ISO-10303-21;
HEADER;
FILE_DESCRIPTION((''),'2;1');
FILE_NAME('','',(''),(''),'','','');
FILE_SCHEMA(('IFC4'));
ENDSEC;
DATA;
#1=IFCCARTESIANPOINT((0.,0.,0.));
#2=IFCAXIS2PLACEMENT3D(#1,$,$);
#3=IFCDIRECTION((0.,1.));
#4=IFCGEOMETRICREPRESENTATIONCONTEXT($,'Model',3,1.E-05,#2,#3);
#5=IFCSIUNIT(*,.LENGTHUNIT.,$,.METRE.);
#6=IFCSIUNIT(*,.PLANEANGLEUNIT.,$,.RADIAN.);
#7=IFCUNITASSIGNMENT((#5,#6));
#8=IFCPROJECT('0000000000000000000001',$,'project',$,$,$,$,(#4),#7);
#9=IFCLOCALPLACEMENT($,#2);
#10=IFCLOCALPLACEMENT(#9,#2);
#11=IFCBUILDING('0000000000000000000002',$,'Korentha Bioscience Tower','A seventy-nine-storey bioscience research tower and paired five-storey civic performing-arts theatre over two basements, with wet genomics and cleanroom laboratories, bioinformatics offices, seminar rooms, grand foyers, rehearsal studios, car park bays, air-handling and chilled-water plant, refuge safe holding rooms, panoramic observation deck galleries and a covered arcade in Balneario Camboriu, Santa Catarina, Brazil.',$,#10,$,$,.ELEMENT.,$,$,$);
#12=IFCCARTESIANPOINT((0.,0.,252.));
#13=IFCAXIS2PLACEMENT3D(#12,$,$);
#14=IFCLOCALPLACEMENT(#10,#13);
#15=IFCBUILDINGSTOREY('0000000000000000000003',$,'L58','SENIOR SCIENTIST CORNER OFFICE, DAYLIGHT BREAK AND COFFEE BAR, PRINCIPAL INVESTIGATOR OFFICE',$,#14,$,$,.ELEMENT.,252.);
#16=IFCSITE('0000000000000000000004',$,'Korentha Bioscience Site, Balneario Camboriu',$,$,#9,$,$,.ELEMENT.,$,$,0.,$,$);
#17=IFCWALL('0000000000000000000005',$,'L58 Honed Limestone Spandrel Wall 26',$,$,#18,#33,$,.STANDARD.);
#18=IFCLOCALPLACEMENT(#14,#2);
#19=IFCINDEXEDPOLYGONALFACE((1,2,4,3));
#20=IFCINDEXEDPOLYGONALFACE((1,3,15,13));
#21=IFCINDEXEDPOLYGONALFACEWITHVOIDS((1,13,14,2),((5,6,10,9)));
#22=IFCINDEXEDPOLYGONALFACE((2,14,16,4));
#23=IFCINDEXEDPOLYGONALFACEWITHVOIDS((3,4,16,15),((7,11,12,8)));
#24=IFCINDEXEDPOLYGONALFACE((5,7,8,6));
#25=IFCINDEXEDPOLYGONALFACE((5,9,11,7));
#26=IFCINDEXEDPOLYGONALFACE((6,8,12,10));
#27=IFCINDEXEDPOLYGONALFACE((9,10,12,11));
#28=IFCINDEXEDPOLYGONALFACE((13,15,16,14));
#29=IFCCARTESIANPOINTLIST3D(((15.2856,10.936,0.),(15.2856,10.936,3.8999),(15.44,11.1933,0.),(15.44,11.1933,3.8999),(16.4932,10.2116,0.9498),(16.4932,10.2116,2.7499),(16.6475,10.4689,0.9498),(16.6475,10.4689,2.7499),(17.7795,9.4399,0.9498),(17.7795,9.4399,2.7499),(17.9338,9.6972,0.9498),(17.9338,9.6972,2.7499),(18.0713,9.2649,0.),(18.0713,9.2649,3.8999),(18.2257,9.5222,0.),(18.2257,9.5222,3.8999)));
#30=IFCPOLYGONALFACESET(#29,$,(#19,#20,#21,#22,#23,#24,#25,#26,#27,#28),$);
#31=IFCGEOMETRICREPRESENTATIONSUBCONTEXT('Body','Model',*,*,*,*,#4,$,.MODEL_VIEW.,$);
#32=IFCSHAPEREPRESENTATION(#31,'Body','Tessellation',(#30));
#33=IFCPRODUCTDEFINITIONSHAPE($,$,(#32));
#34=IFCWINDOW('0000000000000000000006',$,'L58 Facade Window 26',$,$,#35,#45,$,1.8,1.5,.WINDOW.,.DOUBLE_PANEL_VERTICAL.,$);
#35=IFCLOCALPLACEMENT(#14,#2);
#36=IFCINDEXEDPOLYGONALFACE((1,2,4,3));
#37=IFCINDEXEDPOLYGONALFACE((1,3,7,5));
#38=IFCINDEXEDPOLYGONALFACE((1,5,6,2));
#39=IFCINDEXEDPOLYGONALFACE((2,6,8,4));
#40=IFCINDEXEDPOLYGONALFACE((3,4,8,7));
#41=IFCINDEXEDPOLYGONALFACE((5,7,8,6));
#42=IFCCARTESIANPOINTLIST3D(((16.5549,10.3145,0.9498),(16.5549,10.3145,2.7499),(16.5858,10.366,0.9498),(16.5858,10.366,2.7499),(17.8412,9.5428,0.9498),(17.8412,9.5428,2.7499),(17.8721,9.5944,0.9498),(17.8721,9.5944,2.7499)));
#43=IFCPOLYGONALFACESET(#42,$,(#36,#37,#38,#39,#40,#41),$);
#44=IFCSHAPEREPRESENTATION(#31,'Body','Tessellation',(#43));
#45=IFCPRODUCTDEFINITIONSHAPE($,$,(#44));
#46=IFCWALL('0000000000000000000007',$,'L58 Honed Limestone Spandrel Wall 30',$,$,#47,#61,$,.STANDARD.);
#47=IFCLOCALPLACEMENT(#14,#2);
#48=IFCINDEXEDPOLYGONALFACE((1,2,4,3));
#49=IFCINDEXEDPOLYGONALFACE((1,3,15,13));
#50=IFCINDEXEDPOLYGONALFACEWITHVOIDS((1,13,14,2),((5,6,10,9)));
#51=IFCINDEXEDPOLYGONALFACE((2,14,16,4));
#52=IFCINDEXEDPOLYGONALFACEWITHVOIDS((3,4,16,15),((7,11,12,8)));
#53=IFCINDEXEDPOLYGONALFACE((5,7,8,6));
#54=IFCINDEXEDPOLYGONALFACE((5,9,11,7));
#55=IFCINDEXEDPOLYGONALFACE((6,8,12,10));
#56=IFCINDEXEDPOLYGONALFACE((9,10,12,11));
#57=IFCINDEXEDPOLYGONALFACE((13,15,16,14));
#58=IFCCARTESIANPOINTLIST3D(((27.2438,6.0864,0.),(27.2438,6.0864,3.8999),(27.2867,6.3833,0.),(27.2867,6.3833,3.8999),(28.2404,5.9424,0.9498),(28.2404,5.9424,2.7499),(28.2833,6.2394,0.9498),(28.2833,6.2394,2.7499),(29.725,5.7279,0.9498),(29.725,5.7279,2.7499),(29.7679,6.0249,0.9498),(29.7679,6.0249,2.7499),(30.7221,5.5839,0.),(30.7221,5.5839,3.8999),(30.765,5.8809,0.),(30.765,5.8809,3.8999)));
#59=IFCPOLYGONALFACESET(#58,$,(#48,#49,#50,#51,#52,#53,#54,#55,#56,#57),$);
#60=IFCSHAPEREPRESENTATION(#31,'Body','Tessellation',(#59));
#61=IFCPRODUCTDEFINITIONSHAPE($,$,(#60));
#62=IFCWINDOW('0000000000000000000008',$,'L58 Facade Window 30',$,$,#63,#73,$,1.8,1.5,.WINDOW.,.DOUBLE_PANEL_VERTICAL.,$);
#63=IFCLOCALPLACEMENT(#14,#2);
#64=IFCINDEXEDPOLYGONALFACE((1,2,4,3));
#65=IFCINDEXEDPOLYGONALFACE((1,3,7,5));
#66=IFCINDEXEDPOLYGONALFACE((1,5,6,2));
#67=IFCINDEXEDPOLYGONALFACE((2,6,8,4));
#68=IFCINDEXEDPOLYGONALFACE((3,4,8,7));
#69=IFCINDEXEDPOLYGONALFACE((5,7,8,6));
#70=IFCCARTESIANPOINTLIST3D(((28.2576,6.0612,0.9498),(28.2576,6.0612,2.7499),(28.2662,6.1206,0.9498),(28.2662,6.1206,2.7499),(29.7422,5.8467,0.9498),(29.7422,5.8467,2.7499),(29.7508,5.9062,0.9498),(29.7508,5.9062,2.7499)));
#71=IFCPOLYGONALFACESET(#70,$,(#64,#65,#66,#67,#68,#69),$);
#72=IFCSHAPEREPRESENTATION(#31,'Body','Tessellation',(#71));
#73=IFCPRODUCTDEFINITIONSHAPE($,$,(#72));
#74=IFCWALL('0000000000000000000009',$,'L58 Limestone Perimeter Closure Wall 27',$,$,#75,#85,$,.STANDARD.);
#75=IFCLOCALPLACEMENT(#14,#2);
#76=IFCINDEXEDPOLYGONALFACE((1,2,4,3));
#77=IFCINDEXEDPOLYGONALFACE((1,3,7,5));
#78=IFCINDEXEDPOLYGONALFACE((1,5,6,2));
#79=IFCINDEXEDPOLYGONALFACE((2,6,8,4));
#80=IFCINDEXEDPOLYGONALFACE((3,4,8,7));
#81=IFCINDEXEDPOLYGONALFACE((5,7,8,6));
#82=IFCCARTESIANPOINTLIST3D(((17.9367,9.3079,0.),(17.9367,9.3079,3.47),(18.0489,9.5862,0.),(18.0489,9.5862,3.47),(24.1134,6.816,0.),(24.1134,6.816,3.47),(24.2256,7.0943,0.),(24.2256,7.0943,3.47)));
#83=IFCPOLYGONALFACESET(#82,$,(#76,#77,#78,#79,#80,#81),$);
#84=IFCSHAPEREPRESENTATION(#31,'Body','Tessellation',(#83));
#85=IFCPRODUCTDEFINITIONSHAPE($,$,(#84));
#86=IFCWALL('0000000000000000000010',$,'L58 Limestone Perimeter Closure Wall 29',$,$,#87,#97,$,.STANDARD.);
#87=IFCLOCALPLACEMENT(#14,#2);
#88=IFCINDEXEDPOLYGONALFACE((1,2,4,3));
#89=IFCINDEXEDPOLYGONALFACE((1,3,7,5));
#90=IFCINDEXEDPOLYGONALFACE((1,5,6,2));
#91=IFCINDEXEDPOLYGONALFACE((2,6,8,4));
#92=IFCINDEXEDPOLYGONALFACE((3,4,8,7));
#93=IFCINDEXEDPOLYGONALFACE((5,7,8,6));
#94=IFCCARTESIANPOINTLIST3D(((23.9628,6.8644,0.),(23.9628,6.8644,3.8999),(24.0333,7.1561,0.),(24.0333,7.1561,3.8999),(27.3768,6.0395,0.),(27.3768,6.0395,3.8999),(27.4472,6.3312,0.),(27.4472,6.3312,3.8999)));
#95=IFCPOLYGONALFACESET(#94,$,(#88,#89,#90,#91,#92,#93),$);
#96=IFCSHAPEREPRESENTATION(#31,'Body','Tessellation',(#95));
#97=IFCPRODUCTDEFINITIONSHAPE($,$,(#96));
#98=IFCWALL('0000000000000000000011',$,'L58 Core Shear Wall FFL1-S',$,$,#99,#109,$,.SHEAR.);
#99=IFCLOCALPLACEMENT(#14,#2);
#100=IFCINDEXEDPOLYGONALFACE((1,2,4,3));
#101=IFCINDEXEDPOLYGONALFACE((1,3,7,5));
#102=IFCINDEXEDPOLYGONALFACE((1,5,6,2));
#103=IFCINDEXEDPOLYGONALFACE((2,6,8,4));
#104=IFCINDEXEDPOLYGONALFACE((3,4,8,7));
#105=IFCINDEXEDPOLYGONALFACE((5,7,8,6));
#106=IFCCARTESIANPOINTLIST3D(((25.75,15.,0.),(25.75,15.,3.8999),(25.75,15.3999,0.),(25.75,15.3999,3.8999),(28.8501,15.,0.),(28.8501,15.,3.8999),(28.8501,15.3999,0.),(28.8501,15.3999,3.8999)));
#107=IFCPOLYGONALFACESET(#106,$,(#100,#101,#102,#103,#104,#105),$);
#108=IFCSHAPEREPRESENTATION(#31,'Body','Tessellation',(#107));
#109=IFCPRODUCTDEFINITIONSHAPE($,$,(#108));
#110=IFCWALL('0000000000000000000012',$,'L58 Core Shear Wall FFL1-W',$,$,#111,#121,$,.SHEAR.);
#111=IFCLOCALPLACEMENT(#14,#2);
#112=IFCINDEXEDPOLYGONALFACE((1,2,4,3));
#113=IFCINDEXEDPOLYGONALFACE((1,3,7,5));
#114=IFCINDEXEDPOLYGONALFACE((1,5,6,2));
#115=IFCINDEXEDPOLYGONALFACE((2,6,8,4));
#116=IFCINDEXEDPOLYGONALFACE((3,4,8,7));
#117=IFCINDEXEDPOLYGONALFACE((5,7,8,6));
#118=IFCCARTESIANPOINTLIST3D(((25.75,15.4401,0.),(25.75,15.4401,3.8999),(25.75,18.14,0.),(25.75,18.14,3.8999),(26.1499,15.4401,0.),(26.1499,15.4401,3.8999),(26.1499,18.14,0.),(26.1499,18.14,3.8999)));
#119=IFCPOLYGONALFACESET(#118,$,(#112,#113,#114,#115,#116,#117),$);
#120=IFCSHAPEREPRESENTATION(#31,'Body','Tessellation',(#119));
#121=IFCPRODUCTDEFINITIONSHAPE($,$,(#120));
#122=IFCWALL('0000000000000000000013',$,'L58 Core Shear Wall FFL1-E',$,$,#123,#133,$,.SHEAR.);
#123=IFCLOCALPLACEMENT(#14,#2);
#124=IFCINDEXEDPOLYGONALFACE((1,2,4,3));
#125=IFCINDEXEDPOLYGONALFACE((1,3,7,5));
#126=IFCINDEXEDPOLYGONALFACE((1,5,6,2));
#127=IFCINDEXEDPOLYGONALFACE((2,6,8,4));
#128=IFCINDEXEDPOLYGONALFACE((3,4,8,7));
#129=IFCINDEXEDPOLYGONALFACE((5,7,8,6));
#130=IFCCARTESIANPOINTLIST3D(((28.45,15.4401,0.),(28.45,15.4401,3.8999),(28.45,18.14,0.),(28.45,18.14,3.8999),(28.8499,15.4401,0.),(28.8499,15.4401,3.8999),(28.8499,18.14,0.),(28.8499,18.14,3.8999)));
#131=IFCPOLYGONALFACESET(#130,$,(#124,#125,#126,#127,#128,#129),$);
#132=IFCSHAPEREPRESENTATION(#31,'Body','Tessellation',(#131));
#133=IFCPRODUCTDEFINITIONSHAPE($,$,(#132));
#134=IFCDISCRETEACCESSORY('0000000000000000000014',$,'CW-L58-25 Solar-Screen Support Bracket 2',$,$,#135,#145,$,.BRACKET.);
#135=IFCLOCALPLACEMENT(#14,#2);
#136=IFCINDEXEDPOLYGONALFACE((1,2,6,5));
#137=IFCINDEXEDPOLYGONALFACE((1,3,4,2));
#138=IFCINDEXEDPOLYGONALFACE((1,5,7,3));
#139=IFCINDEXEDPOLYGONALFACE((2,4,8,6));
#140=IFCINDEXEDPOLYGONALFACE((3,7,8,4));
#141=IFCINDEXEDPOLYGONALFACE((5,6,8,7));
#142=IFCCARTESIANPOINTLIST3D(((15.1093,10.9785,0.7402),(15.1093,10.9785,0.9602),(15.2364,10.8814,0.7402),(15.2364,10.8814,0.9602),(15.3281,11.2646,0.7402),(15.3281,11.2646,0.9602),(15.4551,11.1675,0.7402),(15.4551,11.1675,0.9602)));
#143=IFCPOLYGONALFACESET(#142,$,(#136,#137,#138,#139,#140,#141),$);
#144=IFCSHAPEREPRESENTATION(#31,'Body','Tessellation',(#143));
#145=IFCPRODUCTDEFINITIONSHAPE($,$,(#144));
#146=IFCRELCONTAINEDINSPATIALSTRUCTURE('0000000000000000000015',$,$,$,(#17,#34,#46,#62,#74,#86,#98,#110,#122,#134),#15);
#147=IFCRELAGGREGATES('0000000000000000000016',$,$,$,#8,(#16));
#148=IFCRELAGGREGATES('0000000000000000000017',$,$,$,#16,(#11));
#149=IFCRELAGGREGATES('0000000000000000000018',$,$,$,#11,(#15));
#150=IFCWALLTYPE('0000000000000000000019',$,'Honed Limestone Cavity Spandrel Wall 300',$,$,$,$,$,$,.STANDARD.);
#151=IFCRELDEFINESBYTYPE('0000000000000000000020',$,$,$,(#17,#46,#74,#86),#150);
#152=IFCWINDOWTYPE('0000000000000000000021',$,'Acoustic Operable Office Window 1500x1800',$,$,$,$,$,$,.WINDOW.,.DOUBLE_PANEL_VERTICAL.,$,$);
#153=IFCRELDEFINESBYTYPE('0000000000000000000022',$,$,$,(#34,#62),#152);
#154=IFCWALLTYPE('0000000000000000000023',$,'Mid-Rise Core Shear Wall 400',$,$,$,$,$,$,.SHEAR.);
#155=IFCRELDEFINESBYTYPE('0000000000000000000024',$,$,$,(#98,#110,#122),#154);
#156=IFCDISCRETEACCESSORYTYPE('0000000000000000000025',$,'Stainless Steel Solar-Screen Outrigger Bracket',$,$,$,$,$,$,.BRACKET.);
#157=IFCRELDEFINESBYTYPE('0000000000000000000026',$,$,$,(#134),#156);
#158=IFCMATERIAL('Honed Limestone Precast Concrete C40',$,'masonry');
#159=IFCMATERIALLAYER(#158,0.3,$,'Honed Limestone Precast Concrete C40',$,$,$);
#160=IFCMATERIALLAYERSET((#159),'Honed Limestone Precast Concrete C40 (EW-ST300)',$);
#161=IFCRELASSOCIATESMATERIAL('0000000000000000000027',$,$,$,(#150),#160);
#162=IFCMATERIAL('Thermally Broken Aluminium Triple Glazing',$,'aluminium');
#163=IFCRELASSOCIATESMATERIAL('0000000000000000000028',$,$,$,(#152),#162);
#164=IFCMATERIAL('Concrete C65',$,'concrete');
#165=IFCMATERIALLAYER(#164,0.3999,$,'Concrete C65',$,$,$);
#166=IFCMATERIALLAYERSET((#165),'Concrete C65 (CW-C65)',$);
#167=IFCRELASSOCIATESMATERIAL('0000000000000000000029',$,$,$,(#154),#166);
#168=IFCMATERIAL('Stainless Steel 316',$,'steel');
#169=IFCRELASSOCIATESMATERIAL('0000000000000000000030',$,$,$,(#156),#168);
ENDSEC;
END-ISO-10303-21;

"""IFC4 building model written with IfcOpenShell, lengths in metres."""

from ifc_helpers import new_model, si_unit, direction, frame, frame_2d, origin, origin_2d, place, context, subcontext, project, spatial, rectangle, extrude, material, layer, layer_set, type_object, element, fill, save


model = new_model("IFC4")

# Units and contexts
model_context = context("Model", 3, precision=1e-05, world=origin(), true_north=direction((0.0, 1.0)))
body_context = subcontext(model_context, "Body", "Model", "MODEL_VIEW")
ifc_project = project(units=[si_unit("LENGTHUNIT", "METRE"), si_unit("PLANEANGLEUNIT", "RADIAN")], contexts=[model_context])

# Site, building, storey
site_placement = place(None, origin())
site = spatial("IfcSite", under=ifc_project, at=site_placement, Name="Korentha Bioscience Site, Balneario Camboriu", CompositionType="ELEMENT", RefElevation=0.0)
building_placement = place(site_placement, origin())
building = spatial("IfcBuilding", under=site, at=building_placement, Name="Korentha Bioscience Tower", Description="A seventy-nine-storey bioscience research tower and paired five-storey civic performing-arts theatre over two basements, with wet genomics and cleanroom laboratories, bioinformatics offices, seminar rooms, grand foyers, rehearsal studios, car park bays, air-handling and chilled-water plant, refuge safe holding rooms, panoramic observation deck galleries and a covered arcade in Balneario Camboriu, Santa Catarina, Brazil.", CompositionType="ELEMENT")
storey_placement = place(building_placement, frame((0.0, 0.0, 252.0)))
storey = spatial("IfcBuildingStorey", under=building, at=storey_placement, Name="L58", Description="SENIOR SCIENTIST CORNER OFFICE, DAYLIGHT BREAK AND COFFEE BAR, PRINCIPAL INVESTIGATOR OFFICE", CompositionType="ELEMENT", Elevation=252.0)

# Shared definitions
ifc_material_1 = material(Name="Concrete C65", Category="concrete")

# Walls, openings, windows
ifc_material_2 = material(Name="Honed Limestone Precast Concrete C40", Category="masonry")
ifc_layer_1 = layer(ifc_material_2, 0.3, Name="Honed Limestone Precast Concrete C40")
ifc_layer_set_1 = layer_set([ifc_layer_1], Name="Honed Limestone Precast Concrete C40 (EW-ST300)")
wall_type_1 = type_object("IfcWallType", Name="Honed Limestone Cavity Spandrel Wall 300", PredefinedType="STANDARD", material=ifc_layer_set_1)
wall_1_placement = place(storey_placement, frame((15.3628, 11.0647, 0.0), z_axis=(0.0, 0.0, 1.0), x_axis=(0.857526, -0.51444, 0.0)))
wall_1 = element("IfcWall", 1, at=wall_1_placement, inside=storey, type_object=wall_type_1, Name="L58 Honed Limestone Spandrel Wall 26", PredefinedType="STANDARD", context=body_context, shape_type="SweptSolid", body=[
    extrude(rectangle(XDim=3.2485, YDim=0.3, at=frame_2d((1.6243, 0.0))), origin(), (0.0, 0.0, 1.0), 3.8999),
])
opening_1_placement = place(wall_1_placement, frame((1.4082, 0.0, 0.95)))
opening_1 = element("IfcOpeningElement", 2, at=opening_1_placement, cuts=wall_1, PredefinedType="OPENING", context=body_context, shape_type="SweptSolid", body=[
    extrude(rectangle(XDim=1.5, YDim=1.8, at=frame_2d((0.75, 0.8999))), frame((0.0, 0.165, 0.0), z_axis=(0.0, -1.0, 0.0), x_axis=(1.0, 0.0, 0.0)), (0.0, 0.0, 1.0), 0.3298),
])
ifc_material_3 = material(Name="Thermally Broken Aluminium Triple Glazing", Category="aluminium")
window_type = type_object("IfcWindowType", Name="Acoustic Operable Office Window 1500x1800", PartitioningType="DOUBLE_PANEL_VERTICAL", PredefinedType="WINDOW", material=ifc_material_3)
window_1_placement = place(opening_1_placement, origin())
window_1 = element("IfcWindow", 3, at=window_1_placement, inside=storey, type_object=window_type, Name="L58 Facade Window 26", OverallHeight=1.8, OverallWidth=1.5, PartitioningType="DOUBLE_PANEL_VERTICAL", PredefinedType="WINDOW", context=body_context, shape_type="SweptSolid", body=[
    extrude(rectangle(XDim=1.5, YDim=1.8, at=frame_2d((0.75, 0.8999))), frame((0.0, 0.03, 0.0), z_axis=(0.0, -1.0, 0.0), x_axis=(1.0, 0.0, 0.0)), (0.0, 0.0, 1.0), 0.0601),
])
fill(opening_1, window_1)
wall_2_placement = place(storey_placement, frame((27.2651, 6.2349, 0.0), z_axis=(0.0, 0.0, 1.0), x_axis=(0.989727, -0.142968, 0.0)))
wall_2 = element("IfcWall", 4, at=wall_2_placement, inside=storey, type_object=wall_type_1, Name="L58 Honed Limestone Spandrel Wall 30", PredefinedType="STANDARD", context=body_context, shape_type="SweptSolid", body=[
    extrude(rectangle(XDim=3.5144, YDim=0.3, at=frame_2d((1.7573, 0.0))), origin(), (0.0, 0.0, 1.0), 3.8999),
])
opening_2_placement = place(wall_2_placement, frame((1.0071, 0.0, 0.95)))
opening_2 = element("IfcOpeningElement", 5, at=opening_2_placement, cuts=wall_2, PredefinedType="OPENING", context=body_context, shape_type="SweptSolid", body=[
    extrude(rectangle(XDim=1.5, YDim=1.8, at=frame_2d((0.75, 0.8999))), frame((0.0, 0.165, 0.0), z_axis=(0.0, -1.0, 0.0), x_axis=(1.0, 0.0, 0.0)), (0.0, 0.0, 1.0), 0.3298),
])
window_2_placement = place(opening_2_placement, origin())
window_2 = element("IfcWindow", 6, at=window_2_placement, inside=storey, type_object=window_type, Name="L58 Facade Window 30", OverallHeight=1.8, OverallWidth=1.5, PartitioningType="DOUBLE_PANEL_VERTICAL", PredefinedType="WINDOW", context=body_context, shape_type="SweptSolid", body=[
    extrude(rectangle(XDim=1.5, YDim=1.8, at=frame_2d((0.75, 0.8999))), frame((0.0, 0.03, 0.0), z_axis=(0.0, -1.0, 0.0), x_axis=(1.0, 0.0, 0.0)), (0.0, 0.0, 1.0), 0.0601),
])
fill(opening_2, window_2)

# Walls
wall_3_placement = place(storey_placement, frame((17.9929, 9.447, 0.0), z_axis=(0.0, 0.0, 1.0), x_axis=(0.927373, -0.374138, 0.0)))
element("IfcWall", 7, at=wall_3_placement, inside=storey, type_object=wall_type_1, Name="L58 Limestone Perimeter Closure Wall 27", PredefinedType="STANDARD", context=body_context, shape_type="SweptSolid", body=[
    extrude(rectangle(XDim=6.6604, YDim=0.3, at=frame_2d((3.3301, 0.0))), origin(), (0.0, 0.0, 1.0), 3.47),
])
wall_4_placement = place(storey_placement, frame((23.998, 7.0103, 0.0), z_axis=(0.0, 0.0, 1.0), x_axis=(0.972026, -0.234874, 0.0)))
element("IfcWall", 8, at=wall_4_placement, inside=storey, type_object=wall_type_1, Name="L58 Limestone Perimeter Closure Wall 29", PredefinedType="STANDARD", context=body_context, shape_type="SweptSolid", body=[
    extrude(rectangle(XDim=3.5122, YDim=0.3, at=frame_2d((1.7561, 0.0))), origin(), (0.0, 0.0, 1.0), 3.8999),
])
ifc_layer_2 = layer(ifc_material_1, 0.3999, Name="Concrete C65")
ifc_layer_set_2 = layer_set([ifc_layer_2], Name="Concrete C65 (CW-C65)")
wall_type_2 = type_object("IfcWallType", Name="Mid-Rise Core Shear Wall 400", PredefinedType="SHEAR", material=ifc_layer_set_2)
wall_5_placement = place(storey_placement, frame((25.75, 15.2, 0.0), z_axis=(0.0, 0.0, 1.0), x_axis=(1.0, 0.0, 0.0)))
element("IfcWall", 9, at=wall_5_placement, inside=storey, type_object=wall_type_2, Name="L58 Core Shear Wall FFL1-S", PredefinedType="SHEAR", context=body_context, shape_type="SweptSolid", body=[
    extrude(rectangle(XDim=3.1001, YDim=0.3999, at=frame_2d((1.55, 0.0))), origin(), (0.0, 0.0, 1.0), 3.8999),
])
for number, where, z_axis, x_axis, name in (
    (10, (25.95, 15.4399, 0.0), (0.0, 0.0, 1.0), (0.0, 1.0, 0.0), "L58 Core Shear Wall FFL1-W"),
    (11, (28.6499, 15.4399, 0.0), (0.0, 0.0, 1.0), (0.0, 1.0, 0.0), "L58 Core Shear Wall FFL1-E"),
):
    element("IfcWall", number, at=place(storey_placement, frame(where, z_axis=z_axis, x_axis=x_axis)), inside=storey, type_object=wall_type_2, Name=name, PredefinedType="SHEAR", context=body_context, shape_type="SweptSolid", body=[
        extrude(rectangle(XDim=2.7, YDim=0.3999, at=frame_2d((1.3501, 0.0))), origin(), (0.0, 0.0, 1.0), 3.8999),
    ])

# Discrete accessory
ifc_material_4 = material(Name="Stainless Steel 316", Category="steel")
discrete_accessory_type = type_object("IfcDiscreteAccessoryType", Name="Stainless Steel Solar-Screen Outrigger Bracket", PredefinedType="BRACKET", material=ifc_material_4)
discrete_accessory_placement = place(storey_placement, frame((15.2822, 11.073, 0.7402), z_axis=(0.0, 0.0, 1.0), x_axis=(0.794382, -0.607418, 0.0)))
element("IfcDiscreteAccessory", 12, at=discrete_accessory_placement, inside=storey, type_object=discrete_accessory_type, Name="CW-L58-25 Solar-Screen Support Bracket 2", PredefinedType="BRACKET", context=body_context, shape_type="SweptSolid", body=[
    extrude(rectangle(XDim=0.1599, YDim=0.3601, at=origin_2d()), origin(), (0.0, 0.0, 1.0), 0.22),
])

save(model, "model.ifc")
